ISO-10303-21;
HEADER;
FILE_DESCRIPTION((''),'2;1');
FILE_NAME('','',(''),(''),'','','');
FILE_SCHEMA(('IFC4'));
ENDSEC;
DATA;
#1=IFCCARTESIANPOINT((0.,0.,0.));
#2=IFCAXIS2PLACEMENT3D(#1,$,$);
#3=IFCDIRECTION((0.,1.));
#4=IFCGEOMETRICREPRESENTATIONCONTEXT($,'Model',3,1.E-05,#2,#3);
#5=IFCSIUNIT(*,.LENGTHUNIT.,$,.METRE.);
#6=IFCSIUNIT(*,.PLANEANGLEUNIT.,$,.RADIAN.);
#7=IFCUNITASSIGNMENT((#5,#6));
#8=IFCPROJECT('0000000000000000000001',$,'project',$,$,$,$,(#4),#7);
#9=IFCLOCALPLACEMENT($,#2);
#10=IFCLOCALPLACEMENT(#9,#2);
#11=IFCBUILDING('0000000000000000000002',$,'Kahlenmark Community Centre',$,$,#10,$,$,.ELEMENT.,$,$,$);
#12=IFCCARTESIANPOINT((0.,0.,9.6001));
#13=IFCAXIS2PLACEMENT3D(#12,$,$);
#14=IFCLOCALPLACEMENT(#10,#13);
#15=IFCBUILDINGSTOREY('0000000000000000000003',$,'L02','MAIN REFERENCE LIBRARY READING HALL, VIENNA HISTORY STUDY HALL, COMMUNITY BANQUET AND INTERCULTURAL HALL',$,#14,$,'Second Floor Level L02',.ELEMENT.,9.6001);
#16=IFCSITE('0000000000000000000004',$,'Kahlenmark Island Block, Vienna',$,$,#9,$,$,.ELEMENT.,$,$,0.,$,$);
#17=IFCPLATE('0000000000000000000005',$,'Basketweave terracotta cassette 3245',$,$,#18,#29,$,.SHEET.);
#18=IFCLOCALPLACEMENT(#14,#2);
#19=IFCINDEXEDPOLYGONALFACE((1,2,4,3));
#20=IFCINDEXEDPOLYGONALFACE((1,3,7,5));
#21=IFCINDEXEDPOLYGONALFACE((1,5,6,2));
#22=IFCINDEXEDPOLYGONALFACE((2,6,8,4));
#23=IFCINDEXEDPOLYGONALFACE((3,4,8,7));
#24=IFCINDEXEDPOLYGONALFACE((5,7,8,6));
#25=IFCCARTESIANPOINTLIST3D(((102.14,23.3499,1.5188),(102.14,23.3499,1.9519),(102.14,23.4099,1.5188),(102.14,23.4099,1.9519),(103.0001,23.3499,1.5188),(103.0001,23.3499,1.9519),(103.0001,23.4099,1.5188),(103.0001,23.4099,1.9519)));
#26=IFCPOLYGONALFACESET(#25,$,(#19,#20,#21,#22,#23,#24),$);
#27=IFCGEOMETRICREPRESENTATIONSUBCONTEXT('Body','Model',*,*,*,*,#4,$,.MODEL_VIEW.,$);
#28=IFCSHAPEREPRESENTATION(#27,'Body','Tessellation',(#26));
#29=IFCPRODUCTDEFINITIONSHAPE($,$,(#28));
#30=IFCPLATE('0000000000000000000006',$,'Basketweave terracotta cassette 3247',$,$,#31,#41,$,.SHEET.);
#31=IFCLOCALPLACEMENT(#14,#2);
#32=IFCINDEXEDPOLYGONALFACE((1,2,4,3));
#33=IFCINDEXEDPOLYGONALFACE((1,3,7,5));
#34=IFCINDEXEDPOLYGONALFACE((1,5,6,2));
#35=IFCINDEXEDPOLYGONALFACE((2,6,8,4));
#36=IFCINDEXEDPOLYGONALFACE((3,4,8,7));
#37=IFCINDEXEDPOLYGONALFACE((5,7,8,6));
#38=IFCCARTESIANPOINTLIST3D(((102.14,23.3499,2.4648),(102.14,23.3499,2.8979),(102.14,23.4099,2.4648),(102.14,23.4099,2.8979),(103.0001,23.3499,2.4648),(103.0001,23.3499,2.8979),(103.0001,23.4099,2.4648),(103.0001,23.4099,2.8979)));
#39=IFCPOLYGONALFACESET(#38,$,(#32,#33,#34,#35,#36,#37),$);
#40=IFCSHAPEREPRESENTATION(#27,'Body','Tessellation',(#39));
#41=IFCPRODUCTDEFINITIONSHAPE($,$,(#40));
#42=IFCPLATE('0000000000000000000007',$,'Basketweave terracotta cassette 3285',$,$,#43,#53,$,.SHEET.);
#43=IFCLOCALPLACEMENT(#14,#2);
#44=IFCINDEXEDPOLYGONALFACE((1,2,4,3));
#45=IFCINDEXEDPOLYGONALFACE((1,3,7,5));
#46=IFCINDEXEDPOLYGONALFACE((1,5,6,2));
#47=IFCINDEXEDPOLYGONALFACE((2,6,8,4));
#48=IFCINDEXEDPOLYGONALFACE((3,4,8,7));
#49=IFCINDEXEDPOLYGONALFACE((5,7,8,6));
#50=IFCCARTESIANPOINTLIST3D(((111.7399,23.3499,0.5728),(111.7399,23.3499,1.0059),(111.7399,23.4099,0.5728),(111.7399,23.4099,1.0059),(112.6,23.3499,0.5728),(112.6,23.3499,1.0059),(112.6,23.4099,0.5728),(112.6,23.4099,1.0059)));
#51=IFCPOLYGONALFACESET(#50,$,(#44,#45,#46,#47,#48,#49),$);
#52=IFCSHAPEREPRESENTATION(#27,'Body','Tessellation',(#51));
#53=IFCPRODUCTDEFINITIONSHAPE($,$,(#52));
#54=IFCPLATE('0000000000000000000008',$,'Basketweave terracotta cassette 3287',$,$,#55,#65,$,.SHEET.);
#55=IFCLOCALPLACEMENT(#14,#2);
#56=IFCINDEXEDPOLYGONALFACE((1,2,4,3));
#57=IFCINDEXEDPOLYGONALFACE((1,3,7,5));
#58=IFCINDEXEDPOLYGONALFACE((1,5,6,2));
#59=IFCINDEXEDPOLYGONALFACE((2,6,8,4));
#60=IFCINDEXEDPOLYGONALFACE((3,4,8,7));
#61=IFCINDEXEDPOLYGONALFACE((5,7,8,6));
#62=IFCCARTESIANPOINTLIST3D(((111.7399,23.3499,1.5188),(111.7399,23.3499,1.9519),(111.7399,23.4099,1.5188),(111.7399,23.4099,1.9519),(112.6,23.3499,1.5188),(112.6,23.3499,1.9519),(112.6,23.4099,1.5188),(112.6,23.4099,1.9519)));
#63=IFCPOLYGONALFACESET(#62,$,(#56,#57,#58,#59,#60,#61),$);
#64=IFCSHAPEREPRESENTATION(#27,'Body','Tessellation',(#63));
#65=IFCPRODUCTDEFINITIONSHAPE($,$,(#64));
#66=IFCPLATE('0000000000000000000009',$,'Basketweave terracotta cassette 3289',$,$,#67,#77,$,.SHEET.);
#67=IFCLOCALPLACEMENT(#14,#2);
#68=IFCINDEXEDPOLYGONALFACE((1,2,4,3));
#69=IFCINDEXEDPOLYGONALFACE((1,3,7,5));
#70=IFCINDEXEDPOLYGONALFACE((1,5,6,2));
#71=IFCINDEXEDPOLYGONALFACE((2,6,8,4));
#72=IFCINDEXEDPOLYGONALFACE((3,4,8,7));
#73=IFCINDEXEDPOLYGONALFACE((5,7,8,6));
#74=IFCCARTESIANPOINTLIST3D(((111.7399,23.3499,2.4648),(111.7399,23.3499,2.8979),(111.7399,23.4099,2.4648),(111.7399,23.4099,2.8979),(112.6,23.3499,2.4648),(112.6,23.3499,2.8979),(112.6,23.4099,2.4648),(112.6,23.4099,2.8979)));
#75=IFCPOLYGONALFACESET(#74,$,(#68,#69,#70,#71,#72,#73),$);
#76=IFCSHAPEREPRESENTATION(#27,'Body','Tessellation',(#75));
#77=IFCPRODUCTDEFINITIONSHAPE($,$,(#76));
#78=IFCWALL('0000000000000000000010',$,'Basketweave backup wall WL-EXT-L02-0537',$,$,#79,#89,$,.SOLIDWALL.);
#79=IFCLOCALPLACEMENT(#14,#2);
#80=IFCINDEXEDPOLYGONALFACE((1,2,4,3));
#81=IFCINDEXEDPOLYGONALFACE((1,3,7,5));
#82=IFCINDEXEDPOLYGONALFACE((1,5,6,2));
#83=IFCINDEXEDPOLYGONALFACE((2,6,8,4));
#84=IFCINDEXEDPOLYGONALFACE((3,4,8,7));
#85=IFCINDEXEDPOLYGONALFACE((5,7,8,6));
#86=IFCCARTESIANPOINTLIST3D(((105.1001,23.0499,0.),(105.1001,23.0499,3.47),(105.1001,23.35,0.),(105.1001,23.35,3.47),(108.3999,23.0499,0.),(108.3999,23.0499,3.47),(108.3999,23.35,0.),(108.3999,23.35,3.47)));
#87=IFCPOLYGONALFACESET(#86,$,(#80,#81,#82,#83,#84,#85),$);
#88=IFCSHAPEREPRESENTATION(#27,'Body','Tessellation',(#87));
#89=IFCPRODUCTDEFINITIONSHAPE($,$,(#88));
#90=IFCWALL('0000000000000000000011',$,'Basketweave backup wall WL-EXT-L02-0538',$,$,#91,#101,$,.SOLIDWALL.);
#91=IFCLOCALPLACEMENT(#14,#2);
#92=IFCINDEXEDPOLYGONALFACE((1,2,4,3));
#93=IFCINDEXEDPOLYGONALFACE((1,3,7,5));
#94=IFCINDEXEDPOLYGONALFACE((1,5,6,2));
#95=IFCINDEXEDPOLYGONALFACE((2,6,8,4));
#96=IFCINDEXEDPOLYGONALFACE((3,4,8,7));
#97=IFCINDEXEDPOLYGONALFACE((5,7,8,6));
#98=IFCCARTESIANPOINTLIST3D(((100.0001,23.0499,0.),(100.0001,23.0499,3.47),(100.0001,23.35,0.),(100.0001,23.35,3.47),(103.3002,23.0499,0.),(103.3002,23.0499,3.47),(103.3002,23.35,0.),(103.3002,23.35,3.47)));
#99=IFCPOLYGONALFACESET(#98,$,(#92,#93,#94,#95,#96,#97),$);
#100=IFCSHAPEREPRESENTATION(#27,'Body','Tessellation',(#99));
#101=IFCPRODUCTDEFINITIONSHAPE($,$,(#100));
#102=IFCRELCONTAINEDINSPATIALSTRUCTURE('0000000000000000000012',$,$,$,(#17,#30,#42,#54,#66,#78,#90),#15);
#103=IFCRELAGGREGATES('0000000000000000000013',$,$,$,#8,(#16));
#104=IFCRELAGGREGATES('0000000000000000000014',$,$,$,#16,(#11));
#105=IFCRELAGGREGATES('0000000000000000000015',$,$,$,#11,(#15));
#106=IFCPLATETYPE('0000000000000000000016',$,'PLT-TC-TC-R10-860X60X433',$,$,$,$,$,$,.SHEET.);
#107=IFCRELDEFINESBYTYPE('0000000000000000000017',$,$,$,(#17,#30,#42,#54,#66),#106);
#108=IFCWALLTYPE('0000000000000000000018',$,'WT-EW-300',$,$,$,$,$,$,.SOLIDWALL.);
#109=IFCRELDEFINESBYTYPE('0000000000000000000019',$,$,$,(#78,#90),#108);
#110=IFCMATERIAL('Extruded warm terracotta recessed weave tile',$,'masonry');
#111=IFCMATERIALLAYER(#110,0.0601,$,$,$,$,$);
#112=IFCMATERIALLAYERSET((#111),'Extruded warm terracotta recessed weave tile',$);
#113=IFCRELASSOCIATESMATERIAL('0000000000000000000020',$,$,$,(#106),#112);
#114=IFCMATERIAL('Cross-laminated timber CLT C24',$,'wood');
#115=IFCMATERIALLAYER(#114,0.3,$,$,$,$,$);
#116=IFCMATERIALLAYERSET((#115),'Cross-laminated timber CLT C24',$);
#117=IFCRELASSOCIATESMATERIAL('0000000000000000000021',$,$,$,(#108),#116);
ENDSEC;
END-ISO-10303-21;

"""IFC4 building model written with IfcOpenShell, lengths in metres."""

from ifc_helpers import new_model, si_unit, direction, frame, frame_2d, origin, origin_2d, place, context, subcontext, project, spatial, rectangle, extrude, material, layer, layer_set, type_object, element, save


model = new_model("IFC4")

# Units and contexts
model_context = context("Model", 3, precision=1e-05, world=origin(), true_north=direction((0.0, 1.0)))
body_context = subcontext(model_context, "Body", "Model", "MODEL_VIEW")
ifc_project = project(units=[si_unit("LENGTHUNIT", "METRE"), si_unit("PLANEANGLEUNIT", "RADIAN")], contexts=[model_context])

# Site, building, storey
site_placement = place(None, origin())
site = spatial("IfcSite", under=ifc_project, at=site_placement, Name="Kahlenmark Island Block, Vienna", CompositionType="ELEMENT", RefElevation=0.0)
building_placement = place(site_placement, origin())
building = spatial("IfcBuilding", under=site, at=building_placement, Name="Kahlenmark Community Centre", CompositionType="ELEMENT")
storey_placement = place(building_placement, frame((0.0, 0.0, 9.6001)))
storey = spatial("IfcBuildingStorey", under=building, at=storey_placement, Name="L02", Description="MAIN REFERENCE LIBRARY READING HALL, VIENNA HISTORY STUDY HALL, COMMUNITY BANQUET AND INTERCULTURAL HALL", LongName="Second Floor Level L02", CompositionType="ELEMENT", Elevation=9.6001)

# Plates
ifc_material_1 = material(Name="Extruded warm terracotta recessed weave tile", Category="masonry")
ifc_layer_1 = layer(ifc_material_1, 0.0601)
ifc_layer_set_1 = layer_set([ifc_layer_1], Name="Extruded warm terracotta recessed weave tile")
plate_type_1 = type_object("IfcPlateType", Name="PLT-TC-TC-R10-860X60X433", PredefinedType="SHEET", material=ifc_layer_set_1)
for number, where, z_axis, x_axis, name in (
    (1, (102.5701, 23.3799, 1.5188), (0.0, 0.0, 1.0), (-1.0, 0.0, 0.0), "Basketweave terracotta cassette 3245"),
    (2, (102.5701, 23.3799, 2.4648), (0.0, 0.0, 1.0), (-1.0, 0.0, 0.0), "Basketweave terracotta cassette 3247"),
    (3, (112.1699, 23.3799, 0.5728), (0.0, 0.0, 1.0), (-1.0, 0.0, 0.0), "Basketweave terracotta cassette 3285"),
    (4, (112.1699, 23.3799, 1.5188), (0.0, 0.0, 1.0), (-1.0, 0.0, 0.0), "Basketweave terracotta cassette 3287"),
    (5, (112.1699, 23.3799, 2.4648), (0.0, 0.0, 1.0), (-1.0, 0.0, 0.0), "Basketweave terracotta cassette 3289"),
):
    element("IfcPlate", number, at=place(storey_placement, frame(where, z_axis=z_axis, x_axis=x_axis)), inside=storey, type_object=plate_type_1, Name=name, PredefinedType="SHEET", context=body_context, shape_type="SweptSolid", body=[
        extrude(rectangle(XDim=0.8601, YDim=0.0601, at=origin_2d()), origin(), (0.0, 0.0, 1.0), 0.4331),
    ])

# Walls
ifc_material_2 = material(Name="Cross-laminated timber CLT C24", Category="wood")
ifc_layer_2 = layer(ifc_material_2, 0.3)
ifc_layer_set_2 = layer_set([ifc_layer_2], Name="Cross-laminated timber CLT C24")
wall_type = type_object("IfcWallType", Name="WT-EW-300", PredefinedType="SOLIDWALL", material=ifc_layer_set_2)
wall_1_placement = place(storey_placement, frame((108.3999, 23.2, 0.0), z_axis=(0.0, 0.0, 1.0), x_axis=(-1.0, 0.0, 0.0)))
element("IfcWall", 6, at=wall_1_placement, inside=storey, type_object=wall_type, Name="Basketweave backup wall WL-EXT-L02-0537", PredefinedType="SOLIDWALL", context=body_context, shape_type="SweptSolid", body=[
    extrude(rectangle(XDim=3.2998, YDim=0.3, at=frame_2d((1.6499, 0.0))), origin(), (0.0, 0.0, 1.0), 3.47),
])
wall_2_placement = place(storey_placement, frame((103.3, 23.2, 0.0), z_axis=(0.0, 0.0, 1.0), x_axis=(-1.0, 0.0, 0.0)))
element("IfcWall", 7, at=wall_2_placement, inside=storey, type_object=wall_type, Name="Basketweave backup wall WL-EXT-L02-0538", PredefinedType="SOLIDWALL", context=body_context, shape_type="SweptSolid", body=[
    extrude(rectangle(XDim=3.3, YDim=0.3, at=frame_2d((1.6499, 0.0))), origin(), (0.0, 0.0, 1.0), 3.47),
])

save(model, "model.ifc")
